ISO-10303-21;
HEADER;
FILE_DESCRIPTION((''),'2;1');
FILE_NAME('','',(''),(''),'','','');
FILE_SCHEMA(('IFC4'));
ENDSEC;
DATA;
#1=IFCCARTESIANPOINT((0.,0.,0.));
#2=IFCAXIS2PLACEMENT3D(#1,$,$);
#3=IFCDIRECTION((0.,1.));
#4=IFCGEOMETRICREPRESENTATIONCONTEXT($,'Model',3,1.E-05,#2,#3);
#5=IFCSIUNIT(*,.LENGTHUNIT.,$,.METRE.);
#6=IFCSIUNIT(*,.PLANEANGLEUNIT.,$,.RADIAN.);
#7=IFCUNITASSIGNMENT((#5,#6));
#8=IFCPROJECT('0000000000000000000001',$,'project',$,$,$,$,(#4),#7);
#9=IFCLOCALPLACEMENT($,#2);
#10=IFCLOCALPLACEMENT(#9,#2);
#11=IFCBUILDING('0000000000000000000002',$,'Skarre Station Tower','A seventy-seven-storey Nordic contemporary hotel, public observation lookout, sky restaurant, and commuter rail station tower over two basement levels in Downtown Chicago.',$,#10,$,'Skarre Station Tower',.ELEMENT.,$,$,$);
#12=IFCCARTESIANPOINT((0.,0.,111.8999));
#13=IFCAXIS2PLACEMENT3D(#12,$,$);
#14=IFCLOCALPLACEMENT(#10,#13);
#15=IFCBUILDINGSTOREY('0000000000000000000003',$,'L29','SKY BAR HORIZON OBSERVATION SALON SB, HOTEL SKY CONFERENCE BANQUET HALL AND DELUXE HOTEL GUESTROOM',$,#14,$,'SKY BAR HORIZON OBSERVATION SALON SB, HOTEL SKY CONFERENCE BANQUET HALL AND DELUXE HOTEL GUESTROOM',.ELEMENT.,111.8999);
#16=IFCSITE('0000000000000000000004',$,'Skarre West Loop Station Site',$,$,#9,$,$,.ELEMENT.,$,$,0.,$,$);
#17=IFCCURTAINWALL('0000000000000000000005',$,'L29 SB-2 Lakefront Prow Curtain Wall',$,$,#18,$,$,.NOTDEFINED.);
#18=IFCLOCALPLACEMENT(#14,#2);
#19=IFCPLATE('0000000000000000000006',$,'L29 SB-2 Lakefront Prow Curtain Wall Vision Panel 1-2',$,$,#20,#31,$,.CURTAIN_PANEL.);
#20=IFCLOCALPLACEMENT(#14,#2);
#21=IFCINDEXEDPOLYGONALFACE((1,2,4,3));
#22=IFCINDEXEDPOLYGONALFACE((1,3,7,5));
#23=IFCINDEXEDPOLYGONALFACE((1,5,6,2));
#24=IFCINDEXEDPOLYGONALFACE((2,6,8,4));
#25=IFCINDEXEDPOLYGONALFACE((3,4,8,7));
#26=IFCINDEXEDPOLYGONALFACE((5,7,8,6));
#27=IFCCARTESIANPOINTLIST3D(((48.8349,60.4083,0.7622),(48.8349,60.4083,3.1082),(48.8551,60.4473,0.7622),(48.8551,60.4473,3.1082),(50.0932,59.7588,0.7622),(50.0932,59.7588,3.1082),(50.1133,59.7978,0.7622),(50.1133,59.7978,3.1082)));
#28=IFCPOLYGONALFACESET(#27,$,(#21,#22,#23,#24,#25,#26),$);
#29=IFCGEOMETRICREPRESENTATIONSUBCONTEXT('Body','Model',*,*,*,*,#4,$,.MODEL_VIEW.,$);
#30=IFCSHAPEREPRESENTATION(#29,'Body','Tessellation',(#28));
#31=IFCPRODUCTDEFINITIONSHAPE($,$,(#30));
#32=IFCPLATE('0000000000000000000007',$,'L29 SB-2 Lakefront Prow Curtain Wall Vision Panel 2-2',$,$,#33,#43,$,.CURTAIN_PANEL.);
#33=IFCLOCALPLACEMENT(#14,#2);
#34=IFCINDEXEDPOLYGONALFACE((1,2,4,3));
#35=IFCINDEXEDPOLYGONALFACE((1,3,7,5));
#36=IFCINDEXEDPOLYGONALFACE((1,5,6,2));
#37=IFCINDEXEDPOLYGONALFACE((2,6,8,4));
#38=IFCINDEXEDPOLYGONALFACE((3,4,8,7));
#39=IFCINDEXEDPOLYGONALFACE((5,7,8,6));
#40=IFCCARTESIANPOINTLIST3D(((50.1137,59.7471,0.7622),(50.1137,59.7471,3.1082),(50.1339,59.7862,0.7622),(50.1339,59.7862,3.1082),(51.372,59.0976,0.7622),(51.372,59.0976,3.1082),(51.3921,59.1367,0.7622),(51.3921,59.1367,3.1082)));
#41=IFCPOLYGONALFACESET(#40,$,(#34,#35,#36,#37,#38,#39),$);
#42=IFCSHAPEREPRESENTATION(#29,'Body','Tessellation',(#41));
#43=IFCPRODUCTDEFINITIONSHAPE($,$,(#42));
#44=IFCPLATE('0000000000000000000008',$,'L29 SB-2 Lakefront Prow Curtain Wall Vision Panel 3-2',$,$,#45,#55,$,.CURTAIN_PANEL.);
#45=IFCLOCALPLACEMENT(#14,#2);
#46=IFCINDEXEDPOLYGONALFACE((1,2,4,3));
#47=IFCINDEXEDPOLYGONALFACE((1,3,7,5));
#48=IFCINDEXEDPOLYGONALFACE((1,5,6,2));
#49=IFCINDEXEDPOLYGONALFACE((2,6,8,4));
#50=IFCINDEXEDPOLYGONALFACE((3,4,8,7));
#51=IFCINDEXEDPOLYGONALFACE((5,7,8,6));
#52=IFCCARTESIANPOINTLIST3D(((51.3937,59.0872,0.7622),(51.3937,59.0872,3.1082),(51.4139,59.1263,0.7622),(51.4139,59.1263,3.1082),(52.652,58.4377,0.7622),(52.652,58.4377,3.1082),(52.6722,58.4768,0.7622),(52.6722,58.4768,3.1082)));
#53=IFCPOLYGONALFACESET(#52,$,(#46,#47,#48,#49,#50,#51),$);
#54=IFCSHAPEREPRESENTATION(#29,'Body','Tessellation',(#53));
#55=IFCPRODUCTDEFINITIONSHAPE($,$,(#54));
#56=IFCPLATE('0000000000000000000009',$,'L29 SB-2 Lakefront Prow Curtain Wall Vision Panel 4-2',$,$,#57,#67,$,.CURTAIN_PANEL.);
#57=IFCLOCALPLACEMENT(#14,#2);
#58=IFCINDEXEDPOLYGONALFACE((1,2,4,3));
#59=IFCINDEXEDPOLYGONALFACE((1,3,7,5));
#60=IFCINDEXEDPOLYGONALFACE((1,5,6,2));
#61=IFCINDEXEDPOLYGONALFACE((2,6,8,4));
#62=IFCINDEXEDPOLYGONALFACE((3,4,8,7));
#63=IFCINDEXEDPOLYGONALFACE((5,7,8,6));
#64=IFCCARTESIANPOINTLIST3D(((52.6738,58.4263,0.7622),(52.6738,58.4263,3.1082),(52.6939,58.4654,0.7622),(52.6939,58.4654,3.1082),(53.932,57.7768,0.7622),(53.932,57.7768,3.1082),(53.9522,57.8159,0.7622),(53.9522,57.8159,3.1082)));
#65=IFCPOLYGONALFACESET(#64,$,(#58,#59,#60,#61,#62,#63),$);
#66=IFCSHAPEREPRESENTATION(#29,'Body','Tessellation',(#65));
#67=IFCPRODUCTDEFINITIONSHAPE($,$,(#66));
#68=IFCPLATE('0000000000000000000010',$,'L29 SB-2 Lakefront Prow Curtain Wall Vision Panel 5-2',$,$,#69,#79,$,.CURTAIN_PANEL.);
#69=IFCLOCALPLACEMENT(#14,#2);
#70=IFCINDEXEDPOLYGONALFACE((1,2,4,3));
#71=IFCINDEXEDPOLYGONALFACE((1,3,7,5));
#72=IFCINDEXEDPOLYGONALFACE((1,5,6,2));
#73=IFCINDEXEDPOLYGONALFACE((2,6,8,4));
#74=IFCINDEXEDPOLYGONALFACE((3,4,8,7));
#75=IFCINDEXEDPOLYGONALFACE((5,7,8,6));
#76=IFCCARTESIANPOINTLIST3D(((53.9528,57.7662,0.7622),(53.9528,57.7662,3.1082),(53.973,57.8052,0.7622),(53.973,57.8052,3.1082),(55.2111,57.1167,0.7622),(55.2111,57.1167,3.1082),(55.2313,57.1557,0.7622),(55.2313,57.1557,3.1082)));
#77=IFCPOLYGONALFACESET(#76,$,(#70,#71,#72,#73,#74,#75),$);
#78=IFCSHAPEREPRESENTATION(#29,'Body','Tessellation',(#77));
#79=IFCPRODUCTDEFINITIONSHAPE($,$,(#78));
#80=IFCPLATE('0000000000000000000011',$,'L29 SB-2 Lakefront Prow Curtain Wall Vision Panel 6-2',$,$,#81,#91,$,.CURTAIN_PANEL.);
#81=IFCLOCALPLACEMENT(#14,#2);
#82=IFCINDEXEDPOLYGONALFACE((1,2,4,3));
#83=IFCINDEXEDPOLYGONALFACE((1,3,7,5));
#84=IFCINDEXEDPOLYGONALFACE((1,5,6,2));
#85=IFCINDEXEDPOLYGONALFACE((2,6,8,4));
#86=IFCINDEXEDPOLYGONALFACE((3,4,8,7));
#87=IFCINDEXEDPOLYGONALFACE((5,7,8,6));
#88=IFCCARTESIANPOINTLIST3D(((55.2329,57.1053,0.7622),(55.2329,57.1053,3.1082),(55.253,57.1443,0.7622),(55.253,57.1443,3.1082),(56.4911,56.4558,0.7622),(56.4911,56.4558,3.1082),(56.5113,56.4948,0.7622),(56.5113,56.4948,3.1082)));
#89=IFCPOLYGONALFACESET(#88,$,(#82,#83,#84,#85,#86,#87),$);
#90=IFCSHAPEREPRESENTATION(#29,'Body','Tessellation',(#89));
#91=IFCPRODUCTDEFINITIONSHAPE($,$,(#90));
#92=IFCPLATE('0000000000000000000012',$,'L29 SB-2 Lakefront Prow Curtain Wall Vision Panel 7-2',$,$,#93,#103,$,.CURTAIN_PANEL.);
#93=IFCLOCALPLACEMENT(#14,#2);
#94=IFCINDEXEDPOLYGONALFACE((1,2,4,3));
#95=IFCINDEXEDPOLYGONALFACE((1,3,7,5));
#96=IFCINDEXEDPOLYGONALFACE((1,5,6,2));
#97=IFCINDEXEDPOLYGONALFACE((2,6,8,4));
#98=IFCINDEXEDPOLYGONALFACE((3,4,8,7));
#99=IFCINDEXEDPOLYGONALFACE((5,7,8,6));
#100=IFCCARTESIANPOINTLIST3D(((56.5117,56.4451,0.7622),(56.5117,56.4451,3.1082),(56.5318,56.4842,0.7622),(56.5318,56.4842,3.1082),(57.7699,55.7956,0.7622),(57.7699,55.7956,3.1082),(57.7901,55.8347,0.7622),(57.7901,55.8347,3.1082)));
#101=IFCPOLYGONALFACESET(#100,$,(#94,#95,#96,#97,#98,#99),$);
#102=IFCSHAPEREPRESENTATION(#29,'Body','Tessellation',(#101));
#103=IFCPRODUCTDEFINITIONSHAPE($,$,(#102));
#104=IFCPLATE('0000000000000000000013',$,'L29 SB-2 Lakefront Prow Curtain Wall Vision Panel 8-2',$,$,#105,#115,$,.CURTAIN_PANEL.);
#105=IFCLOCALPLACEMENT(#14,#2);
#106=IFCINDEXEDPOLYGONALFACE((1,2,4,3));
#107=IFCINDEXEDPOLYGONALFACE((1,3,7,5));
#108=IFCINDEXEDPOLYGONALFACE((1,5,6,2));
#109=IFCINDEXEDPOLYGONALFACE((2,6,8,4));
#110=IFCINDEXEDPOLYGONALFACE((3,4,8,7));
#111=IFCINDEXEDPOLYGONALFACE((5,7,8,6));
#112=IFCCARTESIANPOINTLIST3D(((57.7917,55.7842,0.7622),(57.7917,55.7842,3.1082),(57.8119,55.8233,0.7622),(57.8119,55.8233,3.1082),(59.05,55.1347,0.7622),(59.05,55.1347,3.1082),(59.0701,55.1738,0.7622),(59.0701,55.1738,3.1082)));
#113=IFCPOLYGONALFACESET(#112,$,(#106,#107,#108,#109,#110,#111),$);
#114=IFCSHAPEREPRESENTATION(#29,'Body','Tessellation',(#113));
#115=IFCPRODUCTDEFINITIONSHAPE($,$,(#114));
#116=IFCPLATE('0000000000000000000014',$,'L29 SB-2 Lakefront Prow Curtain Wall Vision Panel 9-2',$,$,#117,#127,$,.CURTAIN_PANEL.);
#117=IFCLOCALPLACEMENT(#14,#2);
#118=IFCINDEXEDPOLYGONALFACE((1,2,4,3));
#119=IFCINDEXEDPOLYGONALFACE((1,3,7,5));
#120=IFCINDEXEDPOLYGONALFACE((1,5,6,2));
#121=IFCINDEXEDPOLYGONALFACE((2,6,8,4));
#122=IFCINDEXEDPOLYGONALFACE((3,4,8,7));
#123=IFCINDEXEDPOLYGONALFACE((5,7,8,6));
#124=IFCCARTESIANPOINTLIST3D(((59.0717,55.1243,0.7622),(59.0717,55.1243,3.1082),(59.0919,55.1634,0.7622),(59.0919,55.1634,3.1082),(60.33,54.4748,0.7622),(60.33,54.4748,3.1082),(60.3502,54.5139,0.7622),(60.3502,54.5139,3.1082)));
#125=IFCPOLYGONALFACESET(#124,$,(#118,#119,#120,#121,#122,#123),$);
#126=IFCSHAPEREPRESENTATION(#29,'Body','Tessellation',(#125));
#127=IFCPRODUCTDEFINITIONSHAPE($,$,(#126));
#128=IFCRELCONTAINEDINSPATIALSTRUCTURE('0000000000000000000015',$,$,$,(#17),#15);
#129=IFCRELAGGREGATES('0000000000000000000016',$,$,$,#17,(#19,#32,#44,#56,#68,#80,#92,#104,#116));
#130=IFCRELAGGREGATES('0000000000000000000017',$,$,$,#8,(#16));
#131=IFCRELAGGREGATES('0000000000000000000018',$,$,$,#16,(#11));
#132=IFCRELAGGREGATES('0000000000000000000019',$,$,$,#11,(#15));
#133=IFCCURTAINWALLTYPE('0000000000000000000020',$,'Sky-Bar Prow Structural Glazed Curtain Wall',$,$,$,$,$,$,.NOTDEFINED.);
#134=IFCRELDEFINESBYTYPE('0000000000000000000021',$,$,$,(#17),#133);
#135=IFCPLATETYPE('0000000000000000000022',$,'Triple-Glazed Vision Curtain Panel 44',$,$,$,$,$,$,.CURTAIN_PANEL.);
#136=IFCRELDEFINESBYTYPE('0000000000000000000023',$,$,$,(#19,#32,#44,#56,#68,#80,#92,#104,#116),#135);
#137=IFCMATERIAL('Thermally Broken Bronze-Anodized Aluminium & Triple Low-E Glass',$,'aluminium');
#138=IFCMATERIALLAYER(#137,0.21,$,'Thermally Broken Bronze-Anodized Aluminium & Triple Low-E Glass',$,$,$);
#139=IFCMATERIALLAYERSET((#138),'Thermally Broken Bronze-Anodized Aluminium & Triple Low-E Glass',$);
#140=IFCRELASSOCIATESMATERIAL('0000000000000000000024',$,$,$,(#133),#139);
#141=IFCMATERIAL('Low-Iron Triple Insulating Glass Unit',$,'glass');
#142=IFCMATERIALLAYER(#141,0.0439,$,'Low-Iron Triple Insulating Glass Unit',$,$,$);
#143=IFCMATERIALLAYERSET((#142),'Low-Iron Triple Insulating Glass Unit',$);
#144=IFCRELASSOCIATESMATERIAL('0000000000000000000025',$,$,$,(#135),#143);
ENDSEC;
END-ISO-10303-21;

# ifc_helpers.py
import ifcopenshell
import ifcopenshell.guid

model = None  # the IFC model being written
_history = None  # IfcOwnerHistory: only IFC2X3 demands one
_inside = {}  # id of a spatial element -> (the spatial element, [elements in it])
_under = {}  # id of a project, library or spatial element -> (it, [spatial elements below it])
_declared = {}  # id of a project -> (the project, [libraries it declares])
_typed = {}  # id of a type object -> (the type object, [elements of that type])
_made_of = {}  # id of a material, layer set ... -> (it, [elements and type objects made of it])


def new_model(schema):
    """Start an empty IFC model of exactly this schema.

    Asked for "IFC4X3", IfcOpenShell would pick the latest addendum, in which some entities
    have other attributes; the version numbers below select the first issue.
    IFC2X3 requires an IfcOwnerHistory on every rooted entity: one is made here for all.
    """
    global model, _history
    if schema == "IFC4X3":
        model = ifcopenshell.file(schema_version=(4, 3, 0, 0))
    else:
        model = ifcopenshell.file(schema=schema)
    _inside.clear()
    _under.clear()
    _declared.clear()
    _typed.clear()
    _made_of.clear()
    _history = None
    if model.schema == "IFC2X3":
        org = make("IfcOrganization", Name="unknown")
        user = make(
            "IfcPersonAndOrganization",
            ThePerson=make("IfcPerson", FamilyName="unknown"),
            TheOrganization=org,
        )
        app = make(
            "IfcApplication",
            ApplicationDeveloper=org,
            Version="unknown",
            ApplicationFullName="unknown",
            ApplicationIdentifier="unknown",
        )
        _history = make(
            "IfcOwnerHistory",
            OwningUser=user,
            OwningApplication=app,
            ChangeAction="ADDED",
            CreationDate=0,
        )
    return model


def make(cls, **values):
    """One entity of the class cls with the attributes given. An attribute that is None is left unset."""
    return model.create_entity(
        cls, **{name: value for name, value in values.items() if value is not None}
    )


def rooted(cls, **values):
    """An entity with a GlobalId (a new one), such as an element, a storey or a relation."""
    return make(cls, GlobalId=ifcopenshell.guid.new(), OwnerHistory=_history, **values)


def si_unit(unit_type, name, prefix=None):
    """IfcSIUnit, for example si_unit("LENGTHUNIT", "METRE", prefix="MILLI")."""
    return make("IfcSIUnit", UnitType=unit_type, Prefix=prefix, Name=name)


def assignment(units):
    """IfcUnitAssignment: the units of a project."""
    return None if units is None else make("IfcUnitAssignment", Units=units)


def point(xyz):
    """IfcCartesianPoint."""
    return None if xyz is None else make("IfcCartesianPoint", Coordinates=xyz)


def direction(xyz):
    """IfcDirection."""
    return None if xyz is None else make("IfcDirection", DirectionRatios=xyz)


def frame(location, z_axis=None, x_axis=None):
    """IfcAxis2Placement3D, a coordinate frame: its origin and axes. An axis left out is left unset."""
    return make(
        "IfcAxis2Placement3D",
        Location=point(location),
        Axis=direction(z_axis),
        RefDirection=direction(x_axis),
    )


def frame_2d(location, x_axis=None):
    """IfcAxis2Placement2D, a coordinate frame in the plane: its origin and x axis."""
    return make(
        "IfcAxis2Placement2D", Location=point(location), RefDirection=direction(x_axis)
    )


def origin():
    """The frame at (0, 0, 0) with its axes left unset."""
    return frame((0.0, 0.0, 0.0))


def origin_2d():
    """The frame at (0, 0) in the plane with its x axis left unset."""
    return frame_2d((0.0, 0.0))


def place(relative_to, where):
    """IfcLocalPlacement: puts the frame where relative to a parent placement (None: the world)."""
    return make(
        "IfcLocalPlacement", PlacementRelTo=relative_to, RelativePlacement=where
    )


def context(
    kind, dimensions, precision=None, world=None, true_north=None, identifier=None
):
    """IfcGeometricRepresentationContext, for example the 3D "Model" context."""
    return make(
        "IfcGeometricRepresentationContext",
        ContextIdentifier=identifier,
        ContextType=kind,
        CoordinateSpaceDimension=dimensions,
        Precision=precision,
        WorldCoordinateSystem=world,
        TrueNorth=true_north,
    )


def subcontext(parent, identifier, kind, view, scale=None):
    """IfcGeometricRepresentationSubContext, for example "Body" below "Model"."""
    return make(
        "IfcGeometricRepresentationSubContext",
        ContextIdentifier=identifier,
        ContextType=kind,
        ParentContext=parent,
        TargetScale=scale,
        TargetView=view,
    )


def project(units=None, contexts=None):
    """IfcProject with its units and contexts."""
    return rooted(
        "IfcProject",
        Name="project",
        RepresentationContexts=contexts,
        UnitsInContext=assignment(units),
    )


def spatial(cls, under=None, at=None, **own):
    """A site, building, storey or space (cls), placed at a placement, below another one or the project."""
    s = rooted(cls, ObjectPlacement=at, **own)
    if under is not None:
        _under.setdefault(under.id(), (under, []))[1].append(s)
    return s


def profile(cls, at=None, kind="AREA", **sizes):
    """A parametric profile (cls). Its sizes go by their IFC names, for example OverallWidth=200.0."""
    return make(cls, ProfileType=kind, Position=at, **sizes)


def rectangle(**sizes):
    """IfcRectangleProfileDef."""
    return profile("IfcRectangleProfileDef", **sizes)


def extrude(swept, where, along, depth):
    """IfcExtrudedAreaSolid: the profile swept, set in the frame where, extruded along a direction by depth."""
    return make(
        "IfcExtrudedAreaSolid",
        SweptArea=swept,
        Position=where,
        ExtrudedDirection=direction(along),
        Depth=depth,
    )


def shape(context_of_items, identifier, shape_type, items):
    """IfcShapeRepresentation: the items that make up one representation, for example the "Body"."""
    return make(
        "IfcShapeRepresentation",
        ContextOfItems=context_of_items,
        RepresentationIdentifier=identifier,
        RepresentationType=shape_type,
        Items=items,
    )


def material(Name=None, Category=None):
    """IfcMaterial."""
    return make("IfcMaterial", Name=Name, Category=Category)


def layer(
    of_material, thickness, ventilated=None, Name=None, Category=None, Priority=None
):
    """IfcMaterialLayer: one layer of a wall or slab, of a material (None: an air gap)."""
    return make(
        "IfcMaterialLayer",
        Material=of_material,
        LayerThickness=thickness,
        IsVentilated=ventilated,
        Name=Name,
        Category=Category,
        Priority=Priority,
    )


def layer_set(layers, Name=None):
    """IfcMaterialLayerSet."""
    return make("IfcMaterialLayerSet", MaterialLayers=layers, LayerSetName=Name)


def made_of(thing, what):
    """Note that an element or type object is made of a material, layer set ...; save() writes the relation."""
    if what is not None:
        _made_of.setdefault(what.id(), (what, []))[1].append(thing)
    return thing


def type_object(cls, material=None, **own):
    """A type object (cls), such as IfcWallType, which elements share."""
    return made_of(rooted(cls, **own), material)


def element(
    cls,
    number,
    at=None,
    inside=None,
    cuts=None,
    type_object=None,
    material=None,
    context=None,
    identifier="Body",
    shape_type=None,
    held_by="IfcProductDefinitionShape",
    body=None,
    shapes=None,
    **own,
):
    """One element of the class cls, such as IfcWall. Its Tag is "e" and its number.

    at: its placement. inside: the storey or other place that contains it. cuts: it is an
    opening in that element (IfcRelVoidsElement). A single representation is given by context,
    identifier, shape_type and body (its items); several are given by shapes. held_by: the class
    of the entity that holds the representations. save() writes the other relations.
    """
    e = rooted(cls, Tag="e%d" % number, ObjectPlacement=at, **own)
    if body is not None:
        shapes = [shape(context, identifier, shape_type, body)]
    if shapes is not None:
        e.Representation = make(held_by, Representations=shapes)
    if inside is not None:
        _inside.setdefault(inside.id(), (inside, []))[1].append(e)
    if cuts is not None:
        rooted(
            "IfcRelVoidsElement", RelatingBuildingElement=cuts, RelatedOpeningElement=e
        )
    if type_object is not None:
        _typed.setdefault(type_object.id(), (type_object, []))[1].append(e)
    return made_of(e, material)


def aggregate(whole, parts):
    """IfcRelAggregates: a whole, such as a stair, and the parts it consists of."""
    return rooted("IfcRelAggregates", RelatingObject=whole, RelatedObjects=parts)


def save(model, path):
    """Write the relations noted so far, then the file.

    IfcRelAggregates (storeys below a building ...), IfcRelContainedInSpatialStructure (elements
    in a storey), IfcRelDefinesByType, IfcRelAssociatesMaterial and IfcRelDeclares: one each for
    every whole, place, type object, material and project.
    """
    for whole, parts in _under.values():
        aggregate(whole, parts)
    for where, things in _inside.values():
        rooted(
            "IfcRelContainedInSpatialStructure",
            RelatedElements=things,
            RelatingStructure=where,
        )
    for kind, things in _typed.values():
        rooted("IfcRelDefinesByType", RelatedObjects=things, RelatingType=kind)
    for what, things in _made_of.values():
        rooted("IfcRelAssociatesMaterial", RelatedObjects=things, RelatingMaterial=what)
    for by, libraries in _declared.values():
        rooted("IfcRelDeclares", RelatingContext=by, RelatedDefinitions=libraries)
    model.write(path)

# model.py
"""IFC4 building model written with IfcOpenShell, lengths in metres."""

from ifc_helpers import new_model, si_unit, direction, frame, origin, origin_2d, place, context, subcontext, project, spatial, rectangle, extrude, material, layer, layer_set, type_object, element, aggregate, save


model = new_model("IFC4")

# Units and contexts
model_context = context("Model", 3, precision=1e-05, world=origin(), true_north=direction((0.0, 1.0)))
body_context = subcontext(model_context, "Body", "Model", "MODEL_VIEW")
ifc_project = project(units=[si_unit("LENGTHUNIT", "METRE"), si_unit("PLANEANGLEUNIT", "RADIAN")], contexts=[model_context])

# Site, building, storey
site_placement = place(None, origin())
site = spatial("IfcSite", under=ifc_project, at=site_placement, Name="Skarre West Loop Station Site", CompositionType="ELEMENT", RefElevation=0.0)
building_placement = place(site_placement, origin())
building = spatial("IfcBuilding", under=site, at=building_placement, Name="Skarre Station Tower", Description="A seventy-seven-storey Nordic contemporary hotel, public observation lookout, sky restaurant, and commuter rail station tower over two basement levels in Downtown Chicago.", LongName="Skarre Station Tower", CompositionType="ELEMENT")
storey_placement = place(building_placement, frame((0.0, 0.0, 111.8999)))
storey = spatial("IfcBuildingStorey", under=building, at=storey_placement, Name="L29", Description="SKY BAR HORIZON OBSERVATION SALON SB, HOTEL SKY CONFERENCE BANQUET HALL AND DELUXE HOTEL GUESTROOM", LongName="SKY BAR HORIZON OBSERVATION SALON SB, HOTEL SKY CONFERENCE BANQUET HALL AND DELUXE HOTEL GUESTROOM", CompositionType="ELEMENT", Elevation=111.8999)

# Curtain wall, plates
ifc_material_1 = material(Name="Thermally Broken Bronze-Anodized Aluminium & Triple Low-E Glass", Category="aluminium")
ifc_layer_1 = layer(ifc_material_1, 0.21, Name="Thermally Broken Bronze-Anodized Aluminium & Triple Low-E Glass")
ifc_layer_set_1 = layer_set([ifc_layer_1], Name="Thermally Broken Bronze-Anodized Aluminium & Triple Low-E Glass")
curtain_wall_type = type_object("IfcCurtainWallType", Name="Sky-Bar Prow Structural Glazed Curtain Wall", PredefinedType="NOTDEFINED", material=ifc_layer_set_1)
curtain_wall_placement = place(storey_placement, origin())
curtain_wall = element("IfcCurtainWall", 1, at=curtain_wall_placement, inside=storey, type_object=curtain_wall_type, Name="L29 SB-2 Lakefront Prow Curtain Wall", PredefinedType="NOTDEFINED")
ifc_material_2 = material(Name="Low-Iron Triple Insulating Glass Unit", Category="glass")
ifc_layer_2 = layer(ifc_material_2, 0.0439, Name="Low-Iron Triple Insulating Glass Unit")
ifc_layer_set_2 = layer_set([ifc_layer_2], Name="Low-Iron Triple Insulating Glass Unit")
plate_type_1 = type_object("IfcPlateType", Name="Triple-Glazed Vision Curtain Panel 44", PredefinedType="CURTAIN_PANEL", material=ifc_layer_set_2)
plate_1_placement = place(storey_placement, frame((49.4741, 60.103, 0.7622), z_axis=(0.0, 0.0, 1.0), x_axis=(0.888601, -0.458681, 0.0)))
plate_1 = element("IfcPlate", 2, at=plate_1_placement, type_object=plate_type_1, Name="L29 SB-2 Lakefront Prow Curtain Wall Vision Panel 1-2", PredefinedType="CURTAIN_PANEL", context=body_context, shape_type="SweptSolid", body=[
    extrude(rectangle(XDim=1.416, YDim=0.0439, at=origin_2d()), origin(), (0.0, 0.0, 1.0), 2.3459),
])
plate_2_placement = place(storey_placement, frame((50.7529, 59.4419, 0.7622), z_axis=(0.0, 0.0, 1.0), x_axis=(0.888601, -0.458681, 0.0)))
plate_2 = element("IfcPlate", 3, at=plate_2_placement, type_object=plate_type_1, Name="L29 SB-2 Lakefront Prow Curtain Wall Vision Panel 2-2", PredefinedType="CURTAIN_PANEL", context=body_context, shape_type="SweptSolid", body=[
    extrude(rectangle(XDim=1.416, YDim=0.0439, at=origin_2d()), origin(), (0.0, 0.0, 1.0), 2.3459),
])
plate_3_placement = place(storey_placement, frame((52.033, 58.782, 0.7622), z_axis=(0.0, 0.0, 1.0), x_axis=(0.888601, -0.458681, 0.0)))
plate_3 = element("IfcPlate", 4, at=plate_3_placement, type_object=plate_type_1, Name="L29 SB-2 Lakefront Prow Curtain Wall Vision Panel 3-2", PredefinedType="CURTAIN_PANEL", context=body_context, shape_type="SweptSolid", body=[
    extrude(rectangle(XDim=1.416, YDim=0.0439, at=origin_2d()), origin(), (0.0, 0.0, 1.0), 2.3459),
])
plate_4_placement = place(storey_placement, frame((53.313, 58.1211, 0.7622), z_axis=(0.0, 0.0, 1.0), x_axis=(0.888601, -0.458681, 0.0)))
plate_4 = element("IfcPlate", 5, at=plate_4_placement, type_object=plate_type_1, Name="L29 SB-2 Lakefront Prow Curtain Wall Vision Panel 4-2", PredefinedType="CURTAIN_PANEL", context=body_context, shape_type="SweptSolid", body=[
    extrude(rectangle(XDim=1.416, YDim=0.0439, at=origin_2d()), origin(), (0.0, 0.0, 1.0), 2.3459),
])
plate_5_placement = place(storey_placement, frame((54.592, 57.4609, 0.7622), z_axis=(0.0, 0.0, 1.0), x_axis=(0.888601, -0.458681, 0.0)))
plate_5 = element("IfcPlate", 6, at=plate_5_placement, type_object=plate_type_1, Name="L29 SB-2 Lakefront Prow Curtain Wall Vision Panel 5-2", PredefinedType="CURTAIN_PANEL", context=body_context, shape_type="SweptSolid", body=[
    extrude(rectangle(XDim=1.416, YDim=0.0439, at=origin_2d()), origin(), (0.0, 0.0, 1.0), 2.3459),
])
plate_6_placement = place(storey_placement, frame((55.8721, 56.8, 0.7622), z_axis=(0.0, 0.0, 1.0), x_axis=(0.888601, -0.458681, 0.0)))
plate_6 = element("IfcPlate", 7, at=plate_6_placement, type_object=plate_type_1, Name="L29 SB-2 Lakefront Prow Curtain Wall Vision Panel 6-2", PredefinedType="CURTAIN_PANEL", context=body_context, shape_type="SweptSolid", body=[
    extrude(rectangle(XDim=1.416, YDim=0.0439, at=origin_2d()), origin(), (0.0, 0.0, 1.0), 2.3459),
])
plate_7_placement = place(storey_placement, frame((57.1509, 56.1399, 0.7622), z_axis=(0.0, 0.0, 1.0), x_axis=(0.888601, -0.458681, 0.0)))
plate_7 = element("IfcPlate", 8, at=plate_7_placement, type_object=plate_type_1, Name="L29 SB-2 Lakefront Prow Curtain Wall Vision Panel 7-2", PredefinedType="CURTAIN_PANEL", context=body_context, shape_type="SweptSolid", body=[
    extrude(rectangle(XDim=1.416, YDim=0.0439, at=origin_2d()), origin(), (0.0, 0.0, 1.0), 2.3459),
])
plate_8_placement = place(storey_placement, frame((58.4309, 55.479, 0.7622), z_axis=(0.0, 0.0, 1.0), x_axis=(0.888601, -0.458681, 0.0)))
plate_8 = element("IfcPlate", 9, at=plate_8_placement, type_object=plate_type_1, Name="L29 SB-2 Lakefront Prow Curtain Wall Vision Panel 8-2", PredefinedType="CURTAIN_PANEL", context=body_context, shape_type="SweptSolid", body=[
    extrude(rectangle(XDim=1.416, YDim=0.0439, at=origin_2d()), origin(), (0.0, 0.0, 1.0), 2.3459),
])
plate_9_placement = place(storey_placement, frame((59.7109, 54.8191, 0.7622), z_axis=(0.0, 0.0, 1.0), x_axis=(0.888601, -0.458681, 0.0)))
plate_9 = element("IfcPlate", 10, at=plate_9_placement, type_object=plate_type_1, Name="L29 SB-2 Lakefront Prow Curtain Wall Vision Panel 9-2", PredefinedType="CURTAIN_PANEL", context=body_context, shape_type="SweptSolid", body=[
    extrude(rectangle(XDim=1.416, YDim=0.0439, at=origin_2d()), origin(), (0.0, 0.0, 1.0), 2.3459),
])
aggregate(curtain_wall, [plate_1, plate_2, plate_3, plate_4, plate_5, plate_6, plate_7, plate_8, plate_9])

save(model, "model.ifc")
